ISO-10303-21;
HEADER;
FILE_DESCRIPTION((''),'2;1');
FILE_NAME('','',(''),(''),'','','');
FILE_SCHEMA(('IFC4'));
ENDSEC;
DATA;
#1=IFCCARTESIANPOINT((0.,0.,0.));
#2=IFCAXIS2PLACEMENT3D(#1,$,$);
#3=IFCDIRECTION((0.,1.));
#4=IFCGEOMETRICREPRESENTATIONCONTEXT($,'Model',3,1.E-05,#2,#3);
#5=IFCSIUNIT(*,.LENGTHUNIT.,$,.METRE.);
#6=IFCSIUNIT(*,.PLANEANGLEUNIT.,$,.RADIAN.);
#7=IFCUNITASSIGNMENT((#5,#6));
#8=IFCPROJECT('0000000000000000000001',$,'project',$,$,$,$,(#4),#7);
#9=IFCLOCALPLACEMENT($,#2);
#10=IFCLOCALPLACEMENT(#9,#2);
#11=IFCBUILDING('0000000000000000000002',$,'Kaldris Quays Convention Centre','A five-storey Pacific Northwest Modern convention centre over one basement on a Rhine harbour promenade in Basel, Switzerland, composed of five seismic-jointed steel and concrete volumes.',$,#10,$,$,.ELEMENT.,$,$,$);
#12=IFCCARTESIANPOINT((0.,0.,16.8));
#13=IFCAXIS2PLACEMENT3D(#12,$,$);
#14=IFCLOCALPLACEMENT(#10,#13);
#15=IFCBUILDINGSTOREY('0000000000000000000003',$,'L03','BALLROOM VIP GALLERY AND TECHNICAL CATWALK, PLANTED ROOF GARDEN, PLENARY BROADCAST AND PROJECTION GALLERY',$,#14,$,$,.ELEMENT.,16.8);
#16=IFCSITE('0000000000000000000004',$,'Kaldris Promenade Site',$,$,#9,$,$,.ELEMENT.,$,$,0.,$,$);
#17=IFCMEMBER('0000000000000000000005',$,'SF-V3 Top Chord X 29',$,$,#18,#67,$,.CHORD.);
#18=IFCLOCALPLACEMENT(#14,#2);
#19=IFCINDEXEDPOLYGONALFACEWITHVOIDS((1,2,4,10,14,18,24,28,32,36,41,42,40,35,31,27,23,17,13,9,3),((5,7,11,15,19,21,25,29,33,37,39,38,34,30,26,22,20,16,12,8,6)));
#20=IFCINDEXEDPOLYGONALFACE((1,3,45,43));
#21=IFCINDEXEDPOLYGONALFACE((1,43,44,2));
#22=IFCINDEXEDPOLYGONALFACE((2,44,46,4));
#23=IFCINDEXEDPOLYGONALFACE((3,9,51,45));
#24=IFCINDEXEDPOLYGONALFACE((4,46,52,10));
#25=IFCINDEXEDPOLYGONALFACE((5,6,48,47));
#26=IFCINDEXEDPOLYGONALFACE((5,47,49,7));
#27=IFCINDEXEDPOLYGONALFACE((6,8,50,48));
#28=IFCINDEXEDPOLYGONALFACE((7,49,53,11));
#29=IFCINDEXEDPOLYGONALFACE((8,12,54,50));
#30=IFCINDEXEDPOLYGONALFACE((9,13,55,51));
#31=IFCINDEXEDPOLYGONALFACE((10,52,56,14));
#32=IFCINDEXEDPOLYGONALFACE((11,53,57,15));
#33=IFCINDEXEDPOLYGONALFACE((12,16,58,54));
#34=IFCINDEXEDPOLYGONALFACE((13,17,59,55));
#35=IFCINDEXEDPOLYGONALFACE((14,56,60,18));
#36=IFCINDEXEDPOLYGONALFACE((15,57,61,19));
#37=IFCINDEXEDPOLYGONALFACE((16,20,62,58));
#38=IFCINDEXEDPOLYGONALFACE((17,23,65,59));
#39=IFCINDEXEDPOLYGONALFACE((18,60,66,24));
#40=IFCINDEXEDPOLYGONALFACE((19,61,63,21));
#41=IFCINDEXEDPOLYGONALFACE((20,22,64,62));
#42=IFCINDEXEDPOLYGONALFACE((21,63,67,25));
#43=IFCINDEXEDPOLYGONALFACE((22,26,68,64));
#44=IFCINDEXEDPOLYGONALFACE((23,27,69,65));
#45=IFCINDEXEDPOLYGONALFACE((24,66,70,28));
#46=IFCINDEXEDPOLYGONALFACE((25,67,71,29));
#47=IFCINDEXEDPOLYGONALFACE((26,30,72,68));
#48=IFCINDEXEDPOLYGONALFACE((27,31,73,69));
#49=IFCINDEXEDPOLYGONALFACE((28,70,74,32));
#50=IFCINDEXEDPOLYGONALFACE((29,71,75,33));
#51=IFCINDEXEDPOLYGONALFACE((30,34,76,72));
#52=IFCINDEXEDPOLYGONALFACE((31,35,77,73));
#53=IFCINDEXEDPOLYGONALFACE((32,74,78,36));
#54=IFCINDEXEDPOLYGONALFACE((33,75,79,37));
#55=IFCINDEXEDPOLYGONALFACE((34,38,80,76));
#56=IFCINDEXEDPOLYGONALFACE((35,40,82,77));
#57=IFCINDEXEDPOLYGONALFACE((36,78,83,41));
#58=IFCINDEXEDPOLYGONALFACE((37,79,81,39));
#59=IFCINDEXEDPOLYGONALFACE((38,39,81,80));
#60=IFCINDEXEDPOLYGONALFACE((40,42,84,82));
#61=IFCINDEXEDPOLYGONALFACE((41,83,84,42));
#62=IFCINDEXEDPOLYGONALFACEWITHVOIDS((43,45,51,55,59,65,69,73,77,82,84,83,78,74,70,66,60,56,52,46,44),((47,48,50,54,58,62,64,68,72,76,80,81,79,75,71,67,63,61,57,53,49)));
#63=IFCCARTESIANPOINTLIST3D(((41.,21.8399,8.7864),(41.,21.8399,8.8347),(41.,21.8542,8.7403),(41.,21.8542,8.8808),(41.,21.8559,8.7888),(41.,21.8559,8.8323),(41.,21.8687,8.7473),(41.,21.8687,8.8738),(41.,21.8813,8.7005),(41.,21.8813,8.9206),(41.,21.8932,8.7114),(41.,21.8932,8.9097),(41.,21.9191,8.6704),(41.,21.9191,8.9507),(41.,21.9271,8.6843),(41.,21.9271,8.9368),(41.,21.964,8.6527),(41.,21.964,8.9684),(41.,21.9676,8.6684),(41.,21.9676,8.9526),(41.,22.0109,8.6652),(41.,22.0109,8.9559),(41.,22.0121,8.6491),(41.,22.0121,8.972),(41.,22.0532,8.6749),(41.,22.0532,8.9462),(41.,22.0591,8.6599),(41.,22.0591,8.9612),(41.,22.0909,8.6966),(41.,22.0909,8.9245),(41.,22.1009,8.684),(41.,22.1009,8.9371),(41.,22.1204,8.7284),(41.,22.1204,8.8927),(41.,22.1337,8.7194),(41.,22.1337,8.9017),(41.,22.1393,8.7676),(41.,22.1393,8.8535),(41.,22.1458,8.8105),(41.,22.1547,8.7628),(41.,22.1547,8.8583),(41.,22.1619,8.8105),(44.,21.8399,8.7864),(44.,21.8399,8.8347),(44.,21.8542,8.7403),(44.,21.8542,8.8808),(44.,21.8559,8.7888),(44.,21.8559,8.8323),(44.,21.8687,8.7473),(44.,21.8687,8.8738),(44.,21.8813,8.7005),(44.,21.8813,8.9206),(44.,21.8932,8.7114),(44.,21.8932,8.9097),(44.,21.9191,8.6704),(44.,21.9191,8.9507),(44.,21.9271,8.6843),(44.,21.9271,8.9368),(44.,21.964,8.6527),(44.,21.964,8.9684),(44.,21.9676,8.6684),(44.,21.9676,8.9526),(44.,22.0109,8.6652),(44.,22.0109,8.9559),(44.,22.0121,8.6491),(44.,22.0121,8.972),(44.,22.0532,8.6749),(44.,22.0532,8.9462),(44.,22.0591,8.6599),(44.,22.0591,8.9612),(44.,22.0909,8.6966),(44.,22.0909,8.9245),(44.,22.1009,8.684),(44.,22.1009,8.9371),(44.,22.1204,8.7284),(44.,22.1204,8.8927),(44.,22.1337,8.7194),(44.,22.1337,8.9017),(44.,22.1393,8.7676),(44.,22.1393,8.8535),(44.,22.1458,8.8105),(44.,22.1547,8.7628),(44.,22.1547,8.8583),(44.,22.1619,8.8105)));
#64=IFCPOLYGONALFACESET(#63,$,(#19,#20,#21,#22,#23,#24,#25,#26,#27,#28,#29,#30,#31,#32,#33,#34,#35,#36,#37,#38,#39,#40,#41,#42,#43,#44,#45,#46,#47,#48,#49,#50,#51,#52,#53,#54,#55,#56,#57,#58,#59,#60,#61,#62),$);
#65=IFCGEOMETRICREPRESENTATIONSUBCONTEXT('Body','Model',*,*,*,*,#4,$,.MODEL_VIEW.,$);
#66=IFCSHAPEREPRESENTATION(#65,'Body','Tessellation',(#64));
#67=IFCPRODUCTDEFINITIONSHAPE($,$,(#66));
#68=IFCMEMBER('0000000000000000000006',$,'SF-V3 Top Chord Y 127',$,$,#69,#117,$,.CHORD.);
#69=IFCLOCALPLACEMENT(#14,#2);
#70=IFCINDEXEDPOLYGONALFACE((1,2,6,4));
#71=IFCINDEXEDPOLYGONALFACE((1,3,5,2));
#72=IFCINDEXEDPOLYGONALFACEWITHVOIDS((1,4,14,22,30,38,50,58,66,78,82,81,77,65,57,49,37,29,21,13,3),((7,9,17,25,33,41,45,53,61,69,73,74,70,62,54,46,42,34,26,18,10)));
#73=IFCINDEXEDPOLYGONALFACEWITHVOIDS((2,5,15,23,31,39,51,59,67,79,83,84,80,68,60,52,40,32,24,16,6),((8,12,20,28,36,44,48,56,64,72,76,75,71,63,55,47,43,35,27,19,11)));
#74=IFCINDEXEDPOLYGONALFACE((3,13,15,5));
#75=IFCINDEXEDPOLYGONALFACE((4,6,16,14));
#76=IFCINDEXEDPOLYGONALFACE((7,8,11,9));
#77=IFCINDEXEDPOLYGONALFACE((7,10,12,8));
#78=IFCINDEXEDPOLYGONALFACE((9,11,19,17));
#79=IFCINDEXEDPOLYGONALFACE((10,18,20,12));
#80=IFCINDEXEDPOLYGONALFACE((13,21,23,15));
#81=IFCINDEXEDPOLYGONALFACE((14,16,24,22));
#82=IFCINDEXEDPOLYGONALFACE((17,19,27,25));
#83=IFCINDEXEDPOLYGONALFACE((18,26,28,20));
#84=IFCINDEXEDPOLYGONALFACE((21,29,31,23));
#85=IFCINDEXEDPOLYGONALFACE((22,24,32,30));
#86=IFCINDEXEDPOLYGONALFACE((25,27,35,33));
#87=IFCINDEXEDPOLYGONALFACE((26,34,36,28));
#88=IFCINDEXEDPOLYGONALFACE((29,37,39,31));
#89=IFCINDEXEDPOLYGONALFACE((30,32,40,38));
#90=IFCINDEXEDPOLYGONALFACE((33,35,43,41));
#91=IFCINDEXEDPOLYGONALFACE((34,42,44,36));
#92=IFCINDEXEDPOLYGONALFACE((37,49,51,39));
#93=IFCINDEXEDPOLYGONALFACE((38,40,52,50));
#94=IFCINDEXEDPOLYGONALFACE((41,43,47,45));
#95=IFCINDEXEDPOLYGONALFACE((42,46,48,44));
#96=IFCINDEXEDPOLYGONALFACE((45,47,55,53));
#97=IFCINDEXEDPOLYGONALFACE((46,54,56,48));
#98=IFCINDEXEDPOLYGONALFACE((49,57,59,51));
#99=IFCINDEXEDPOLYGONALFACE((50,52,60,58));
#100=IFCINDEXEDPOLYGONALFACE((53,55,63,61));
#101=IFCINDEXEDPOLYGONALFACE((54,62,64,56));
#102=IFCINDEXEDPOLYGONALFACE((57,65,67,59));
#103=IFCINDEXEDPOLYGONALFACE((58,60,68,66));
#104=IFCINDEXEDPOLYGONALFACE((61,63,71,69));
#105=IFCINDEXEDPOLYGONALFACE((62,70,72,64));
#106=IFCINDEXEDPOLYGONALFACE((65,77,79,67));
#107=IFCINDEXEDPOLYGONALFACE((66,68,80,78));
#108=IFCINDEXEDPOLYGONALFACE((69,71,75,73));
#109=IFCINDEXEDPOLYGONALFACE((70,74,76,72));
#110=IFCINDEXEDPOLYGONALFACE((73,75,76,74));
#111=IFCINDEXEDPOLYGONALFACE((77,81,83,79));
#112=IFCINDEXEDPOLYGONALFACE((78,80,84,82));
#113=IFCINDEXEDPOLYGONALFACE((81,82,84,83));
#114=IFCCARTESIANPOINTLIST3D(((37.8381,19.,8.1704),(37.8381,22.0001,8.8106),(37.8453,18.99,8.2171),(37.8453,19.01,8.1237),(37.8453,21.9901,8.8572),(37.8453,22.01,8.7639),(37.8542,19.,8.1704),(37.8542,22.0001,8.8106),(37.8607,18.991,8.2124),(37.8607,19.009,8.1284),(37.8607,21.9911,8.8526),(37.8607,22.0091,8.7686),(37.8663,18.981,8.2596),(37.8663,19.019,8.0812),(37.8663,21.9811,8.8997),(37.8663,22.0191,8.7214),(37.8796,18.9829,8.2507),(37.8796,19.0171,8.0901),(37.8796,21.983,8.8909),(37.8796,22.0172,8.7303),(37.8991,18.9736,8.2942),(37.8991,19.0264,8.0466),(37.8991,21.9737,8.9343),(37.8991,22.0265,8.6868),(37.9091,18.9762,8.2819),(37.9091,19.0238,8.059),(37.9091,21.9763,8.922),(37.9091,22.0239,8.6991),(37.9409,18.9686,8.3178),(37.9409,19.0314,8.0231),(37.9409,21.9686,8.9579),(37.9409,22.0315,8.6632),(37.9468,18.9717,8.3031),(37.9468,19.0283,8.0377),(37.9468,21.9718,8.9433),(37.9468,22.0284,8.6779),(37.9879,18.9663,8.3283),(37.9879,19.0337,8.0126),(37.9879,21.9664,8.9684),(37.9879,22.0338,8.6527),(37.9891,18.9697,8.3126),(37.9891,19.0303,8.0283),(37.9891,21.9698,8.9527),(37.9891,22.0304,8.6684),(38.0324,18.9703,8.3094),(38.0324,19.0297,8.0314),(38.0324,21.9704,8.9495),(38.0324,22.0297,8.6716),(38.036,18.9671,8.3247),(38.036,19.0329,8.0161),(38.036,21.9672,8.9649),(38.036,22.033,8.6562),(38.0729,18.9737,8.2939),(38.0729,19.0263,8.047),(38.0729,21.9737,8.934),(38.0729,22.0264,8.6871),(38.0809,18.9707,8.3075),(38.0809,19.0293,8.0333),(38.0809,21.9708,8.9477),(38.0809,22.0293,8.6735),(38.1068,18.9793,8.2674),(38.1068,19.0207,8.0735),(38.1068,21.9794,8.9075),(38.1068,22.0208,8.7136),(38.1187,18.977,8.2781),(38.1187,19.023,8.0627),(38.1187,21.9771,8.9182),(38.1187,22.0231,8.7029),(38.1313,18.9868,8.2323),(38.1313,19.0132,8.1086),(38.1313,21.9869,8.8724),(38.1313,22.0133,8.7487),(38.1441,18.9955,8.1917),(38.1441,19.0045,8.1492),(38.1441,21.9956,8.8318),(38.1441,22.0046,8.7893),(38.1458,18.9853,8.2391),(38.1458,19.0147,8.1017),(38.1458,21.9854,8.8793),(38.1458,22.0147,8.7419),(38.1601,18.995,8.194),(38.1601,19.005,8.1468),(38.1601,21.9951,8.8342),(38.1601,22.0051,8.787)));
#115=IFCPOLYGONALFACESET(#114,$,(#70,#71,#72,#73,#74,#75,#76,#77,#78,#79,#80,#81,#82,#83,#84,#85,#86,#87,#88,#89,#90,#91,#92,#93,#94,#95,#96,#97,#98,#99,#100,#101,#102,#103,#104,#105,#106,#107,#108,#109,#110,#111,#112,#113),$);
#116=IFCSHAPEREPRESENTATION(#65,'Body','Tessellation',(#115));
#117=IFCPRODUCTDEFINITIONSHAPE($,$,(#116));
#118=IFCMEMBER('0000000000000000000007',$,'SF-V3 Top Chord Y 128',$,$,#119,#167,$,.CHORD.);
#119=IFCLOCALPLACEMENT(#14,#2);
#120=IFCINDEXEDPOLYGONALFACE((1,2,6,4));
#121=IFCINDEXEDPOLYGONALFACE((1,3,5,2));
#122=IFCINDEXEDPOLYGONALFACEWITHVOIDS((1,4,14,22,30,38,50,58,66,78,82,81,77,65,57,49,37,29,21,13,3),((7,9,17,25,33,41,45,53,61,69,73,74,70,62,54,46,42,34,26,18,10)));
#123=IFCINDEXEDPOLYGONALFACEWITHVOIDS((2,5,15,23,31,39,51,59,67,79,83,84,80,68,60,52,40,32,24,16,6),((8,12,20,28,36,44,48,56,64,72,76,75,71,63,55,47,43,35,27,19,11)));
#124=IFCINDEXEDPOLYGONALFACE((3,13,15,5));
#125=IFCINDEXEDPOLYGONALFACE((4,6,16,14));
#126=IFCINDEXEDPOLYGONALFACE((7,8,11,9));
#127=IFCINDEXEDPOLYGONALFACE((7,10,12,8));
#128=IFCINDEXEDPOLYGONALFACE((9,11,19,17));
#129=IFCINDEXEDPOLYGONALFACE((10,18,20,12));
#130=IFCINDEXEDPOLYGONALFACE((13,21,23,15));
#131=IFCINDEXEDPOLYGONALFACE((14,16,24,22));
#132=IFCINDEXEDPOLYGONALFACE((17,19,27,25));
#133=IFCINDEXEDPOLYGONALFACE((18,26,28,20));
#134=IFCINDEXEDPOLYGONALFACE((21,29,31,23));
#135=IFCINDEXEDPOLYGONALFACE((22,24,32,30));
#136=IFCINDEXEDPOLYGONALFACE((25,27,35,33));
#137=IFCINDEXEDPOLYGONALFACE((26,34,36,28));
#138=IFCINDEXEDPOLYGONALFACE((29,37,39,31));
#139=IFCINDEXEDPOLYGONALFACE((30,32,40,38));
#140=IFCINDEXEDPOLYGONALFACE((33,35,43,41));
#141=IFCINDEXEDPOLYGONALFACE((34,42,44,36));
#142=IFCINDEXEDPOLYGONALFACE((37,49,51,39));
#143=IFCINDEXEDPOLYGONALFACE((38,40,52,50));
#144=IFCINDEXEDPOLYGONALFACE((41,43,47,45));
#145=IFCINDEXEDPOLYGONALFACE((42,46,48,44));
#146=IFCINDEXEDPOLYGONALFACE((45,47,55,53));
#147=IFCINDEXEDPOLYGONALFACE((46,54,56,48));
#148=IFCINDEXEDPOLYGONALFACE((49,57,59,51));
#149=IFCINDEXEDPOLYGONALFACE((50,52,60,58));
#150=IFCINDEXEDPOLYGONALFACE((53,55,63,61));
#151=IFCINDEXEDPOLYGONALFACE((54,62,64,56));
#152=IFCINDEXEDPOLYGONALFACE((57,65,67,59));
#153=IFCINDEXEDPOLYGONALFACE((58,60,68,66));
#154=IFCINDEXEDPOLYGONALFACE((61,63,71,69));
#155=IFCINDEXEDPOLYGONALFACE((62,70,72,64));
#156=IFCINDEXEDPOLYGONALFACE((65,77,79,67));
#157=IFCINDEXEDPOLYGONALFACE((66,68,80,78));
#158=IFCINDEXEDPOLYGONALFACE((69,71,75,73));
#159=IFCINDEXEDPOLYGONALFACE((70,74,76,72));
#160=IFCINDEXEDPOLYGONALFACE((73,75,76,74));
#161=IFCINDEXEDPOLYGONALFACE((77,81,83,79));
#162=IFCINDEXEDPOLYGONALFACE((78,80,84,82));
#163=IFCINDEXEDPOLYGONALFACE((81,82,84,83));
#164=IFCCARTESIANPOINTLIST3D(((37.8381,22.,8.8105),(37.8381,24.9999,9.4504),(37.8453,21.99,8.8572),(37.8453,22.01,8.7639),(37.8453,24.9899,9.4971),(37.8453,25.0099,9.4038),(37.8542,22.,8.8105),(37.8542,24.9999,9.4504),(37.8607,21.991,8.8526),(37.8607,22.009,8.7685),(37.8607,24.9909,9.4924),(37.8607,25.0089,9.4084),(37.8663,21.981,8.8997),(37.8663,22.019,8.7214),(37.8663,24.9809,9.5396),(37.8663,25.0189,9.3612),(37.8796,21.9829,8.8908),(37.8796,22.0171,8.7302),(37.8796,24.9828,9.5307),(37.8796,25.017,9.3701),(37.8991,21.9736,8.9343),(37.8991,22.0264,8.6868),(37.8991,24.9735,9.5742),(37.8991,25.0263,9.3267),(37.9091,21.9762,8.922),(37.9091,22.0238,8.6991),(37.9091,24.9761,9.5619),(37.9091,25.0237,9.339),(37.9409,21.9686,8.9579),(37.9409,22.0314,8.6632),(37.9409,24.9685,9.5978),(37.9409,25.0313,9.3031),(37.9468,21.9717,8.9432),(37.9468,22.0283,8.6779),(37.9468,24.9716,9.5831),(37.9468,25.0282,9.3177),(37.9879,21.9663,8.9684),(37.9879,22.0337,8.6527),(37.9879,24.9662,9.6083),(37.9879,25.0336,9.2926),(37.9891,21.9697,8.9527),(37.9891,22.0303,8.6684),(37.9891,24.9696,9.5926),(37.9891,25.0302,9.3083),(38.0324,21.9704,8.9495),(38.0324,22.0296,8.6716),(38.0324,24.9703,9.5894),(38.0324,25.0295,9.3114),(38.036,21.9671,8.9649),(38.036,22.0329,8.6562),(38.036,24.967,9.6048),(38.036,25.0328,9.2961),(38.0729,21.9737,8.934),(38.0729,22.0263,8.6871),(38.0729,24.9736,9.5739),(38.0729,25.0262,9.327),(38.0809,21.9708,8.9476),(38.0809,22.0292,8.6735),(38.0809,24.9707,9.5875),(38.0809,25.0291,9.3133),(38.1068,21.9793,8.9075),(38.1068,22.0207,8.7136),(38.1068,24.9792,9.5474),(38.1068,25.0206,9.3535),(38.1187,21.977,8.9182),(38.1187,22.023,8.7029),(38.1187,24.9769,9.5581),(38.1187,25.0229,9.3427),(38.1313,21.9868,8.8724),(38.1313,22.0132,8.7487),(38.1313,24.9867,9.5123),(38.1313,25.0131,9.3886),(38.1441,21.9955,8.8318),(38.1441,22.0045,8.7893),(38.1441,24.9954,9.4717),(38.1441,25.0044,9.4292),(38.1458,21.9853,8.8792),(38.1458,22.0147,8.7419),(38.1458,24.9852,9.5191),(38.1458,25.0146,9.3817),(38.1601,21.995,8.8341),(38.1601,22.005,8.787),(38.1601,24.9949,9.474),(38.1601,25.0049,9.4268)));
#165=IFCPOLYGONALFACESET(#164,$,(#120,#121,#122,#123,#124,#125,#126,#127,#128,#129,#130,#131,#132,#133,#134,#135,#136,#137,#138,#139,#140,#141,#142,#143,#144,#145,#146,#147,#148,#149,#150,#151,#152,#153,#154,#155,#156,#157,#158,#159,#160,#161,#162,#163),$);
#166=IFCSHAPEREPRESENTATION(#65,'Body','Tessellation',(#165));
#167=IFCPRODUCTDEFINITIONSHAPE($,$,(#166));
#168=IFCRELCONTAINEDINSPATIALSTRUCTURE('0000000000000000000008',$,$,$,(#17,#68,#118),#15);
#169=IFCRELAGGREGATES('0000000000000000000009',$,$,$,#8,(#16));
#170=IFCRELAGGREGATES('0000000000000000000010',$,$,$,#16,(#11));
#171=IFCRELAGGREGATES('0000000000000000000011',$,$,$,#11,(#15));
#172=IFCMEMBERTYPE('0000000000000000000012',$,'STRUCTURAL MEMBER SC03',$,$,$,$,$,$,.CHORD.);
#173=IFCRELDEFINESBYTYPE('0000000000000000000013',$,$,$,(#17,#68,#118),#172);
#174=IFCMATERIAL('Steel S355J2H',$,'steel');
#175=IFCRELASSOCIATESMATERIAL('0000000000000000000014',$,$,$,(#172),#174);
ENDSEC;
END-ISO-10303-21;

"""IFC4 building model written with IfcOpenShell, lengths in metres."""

from ifc_helpers import new_model, si_unit, direction, frame, origin, origin_2d, place, context, subcontext, project, spatial, hollow_circle, extrude, material, material_profile, profile_set, type_object, element, save


model = new_model("IFC4")

# Units and contexts
model_context = context("Model", 3, precision=1e-05, world=origin(), true_north=direction((0.0, 1.0)))
body_context = subcontext(model_context, "Body", "Model", "MODEL_VIEW")
ifc_project = project(units=[si_unit("LENGTHUNIT", "METRE"), si_unit("PLANEANGLEUNIT", "RADIAN")], contexts=[model_context])

# Site, building, storey
site_placement = place(None, origin())
site = spatial("IfcSite", under=ifc_project, at=site_placement, Name="Kaldris Promenade Site", CompositionType="ELEMENT", RefElevation=0.0)
building_placement = place(site_placement, origin())
building = spatial("IfcBuilding", under=site, at=building_placement, Name="Kaldris Quays Convention Centre", Description="A five-storey Pacific Northwest Modern convention centre over one basement on a Rhine harbour promenade in Basel, Switzerland, composed of five seismic-jointed steel and concrete volumes.", CompositionType="ELEMENT")
storey_placement = place(building_placement, frame((0.0, 0.0, 16.8)))
storey = spatial("IfcBuildingStorey", under=building, at=storey_placement, Name="L03", Description="BALLROOM VIP GALLERY AND TECHNICAL CATWALK, PLANTED ROOF GARDEN, PLENARY BROADCAST AND PROJECTION GALLERY", CompositionType="ELEMENT", Elevation=16.8)

# Members
ifc_material_1 = material(Name="Steel S355J2H", Category="steel")
ifc_material_profile_1 = material_profile(ifc_material_1, hollow_circle(Radius=0.1619, WallThickness=0.0161, at=origin_2d()), Name="CHS 323.9x16")
ifc_profile_set_1 = profile_set([ifc_material_profile_1], Name="Steel S355J2H")
member_type_1 = type_object("IfcMemberType", Name="STRUCTURAL MEMBER SC03", PredefinedType="CHORD", material=ifc_profile_set_1)
for number, where, z_axis, x_axis, name in (
    (1, (41.0, 22.0, 8.8105), (1.0, 0.0, 0.0), (0.0, 1.0, 0.0), "SF-V3 Top Chord X 29"),
):
    element("IfcMember", number, at=place(storey_placement, frame(where, z_axis=z_axis, x_axis=x_axis)), inside=storey, type_object=member_type_1, Name=name, PredefinedType="CHORD", context=body_context, shape_type="SweptSolid", body=[
        extrude(hollow_circle(Radius=0.1619, WallThickness=0.0161, at=origin_2d()), origin(), (0.0, 0.0, 1.0), 3.0),
    ])
member_1_placement = place(storey_placement, frame((38.0, 19.0, 8.1704), z_axis=(0.0, 0.977984, 0.208681), x_axis=(-1.0, 0.0, 0.0)))
element("IfcMember", 2, at=member_1_placement, inside=storey, type_object=member_type_1, Name="SF-V3 Top Chord Y 127", PredefinedType="CHORD", context=body_context, shape_type="SweptSolid", body=[
    extrude(hollow_circle(Radius=0.1619, WallThickness=0.0161, at=origin_2d()), origin(), (0.0, 0.0, 1.0), 3.0676),
])
member_2_placement = place(storey_placement, frame((38.0, 22.0, 8.8105), z_axis=(0.0, 0.978, 0.208605), x_axis=(-1.0, 0.0, 0.0)))
element("IfcMember", 3, at=member_2_placement, inside=storey, type_object=member_type_1, Name="SF-V3 Top Chord Y 128", PredefinedType="CHORD", context=body_context, shape_type="SweptSolid", body=[
    extrude(hollow_circle(Radius=0.1619, WallThickness=0.0161, at=origin_2d()), origin(), (0.0, 0.0, 1.0), 3.0674),
])

save(model, "model.ifc")
